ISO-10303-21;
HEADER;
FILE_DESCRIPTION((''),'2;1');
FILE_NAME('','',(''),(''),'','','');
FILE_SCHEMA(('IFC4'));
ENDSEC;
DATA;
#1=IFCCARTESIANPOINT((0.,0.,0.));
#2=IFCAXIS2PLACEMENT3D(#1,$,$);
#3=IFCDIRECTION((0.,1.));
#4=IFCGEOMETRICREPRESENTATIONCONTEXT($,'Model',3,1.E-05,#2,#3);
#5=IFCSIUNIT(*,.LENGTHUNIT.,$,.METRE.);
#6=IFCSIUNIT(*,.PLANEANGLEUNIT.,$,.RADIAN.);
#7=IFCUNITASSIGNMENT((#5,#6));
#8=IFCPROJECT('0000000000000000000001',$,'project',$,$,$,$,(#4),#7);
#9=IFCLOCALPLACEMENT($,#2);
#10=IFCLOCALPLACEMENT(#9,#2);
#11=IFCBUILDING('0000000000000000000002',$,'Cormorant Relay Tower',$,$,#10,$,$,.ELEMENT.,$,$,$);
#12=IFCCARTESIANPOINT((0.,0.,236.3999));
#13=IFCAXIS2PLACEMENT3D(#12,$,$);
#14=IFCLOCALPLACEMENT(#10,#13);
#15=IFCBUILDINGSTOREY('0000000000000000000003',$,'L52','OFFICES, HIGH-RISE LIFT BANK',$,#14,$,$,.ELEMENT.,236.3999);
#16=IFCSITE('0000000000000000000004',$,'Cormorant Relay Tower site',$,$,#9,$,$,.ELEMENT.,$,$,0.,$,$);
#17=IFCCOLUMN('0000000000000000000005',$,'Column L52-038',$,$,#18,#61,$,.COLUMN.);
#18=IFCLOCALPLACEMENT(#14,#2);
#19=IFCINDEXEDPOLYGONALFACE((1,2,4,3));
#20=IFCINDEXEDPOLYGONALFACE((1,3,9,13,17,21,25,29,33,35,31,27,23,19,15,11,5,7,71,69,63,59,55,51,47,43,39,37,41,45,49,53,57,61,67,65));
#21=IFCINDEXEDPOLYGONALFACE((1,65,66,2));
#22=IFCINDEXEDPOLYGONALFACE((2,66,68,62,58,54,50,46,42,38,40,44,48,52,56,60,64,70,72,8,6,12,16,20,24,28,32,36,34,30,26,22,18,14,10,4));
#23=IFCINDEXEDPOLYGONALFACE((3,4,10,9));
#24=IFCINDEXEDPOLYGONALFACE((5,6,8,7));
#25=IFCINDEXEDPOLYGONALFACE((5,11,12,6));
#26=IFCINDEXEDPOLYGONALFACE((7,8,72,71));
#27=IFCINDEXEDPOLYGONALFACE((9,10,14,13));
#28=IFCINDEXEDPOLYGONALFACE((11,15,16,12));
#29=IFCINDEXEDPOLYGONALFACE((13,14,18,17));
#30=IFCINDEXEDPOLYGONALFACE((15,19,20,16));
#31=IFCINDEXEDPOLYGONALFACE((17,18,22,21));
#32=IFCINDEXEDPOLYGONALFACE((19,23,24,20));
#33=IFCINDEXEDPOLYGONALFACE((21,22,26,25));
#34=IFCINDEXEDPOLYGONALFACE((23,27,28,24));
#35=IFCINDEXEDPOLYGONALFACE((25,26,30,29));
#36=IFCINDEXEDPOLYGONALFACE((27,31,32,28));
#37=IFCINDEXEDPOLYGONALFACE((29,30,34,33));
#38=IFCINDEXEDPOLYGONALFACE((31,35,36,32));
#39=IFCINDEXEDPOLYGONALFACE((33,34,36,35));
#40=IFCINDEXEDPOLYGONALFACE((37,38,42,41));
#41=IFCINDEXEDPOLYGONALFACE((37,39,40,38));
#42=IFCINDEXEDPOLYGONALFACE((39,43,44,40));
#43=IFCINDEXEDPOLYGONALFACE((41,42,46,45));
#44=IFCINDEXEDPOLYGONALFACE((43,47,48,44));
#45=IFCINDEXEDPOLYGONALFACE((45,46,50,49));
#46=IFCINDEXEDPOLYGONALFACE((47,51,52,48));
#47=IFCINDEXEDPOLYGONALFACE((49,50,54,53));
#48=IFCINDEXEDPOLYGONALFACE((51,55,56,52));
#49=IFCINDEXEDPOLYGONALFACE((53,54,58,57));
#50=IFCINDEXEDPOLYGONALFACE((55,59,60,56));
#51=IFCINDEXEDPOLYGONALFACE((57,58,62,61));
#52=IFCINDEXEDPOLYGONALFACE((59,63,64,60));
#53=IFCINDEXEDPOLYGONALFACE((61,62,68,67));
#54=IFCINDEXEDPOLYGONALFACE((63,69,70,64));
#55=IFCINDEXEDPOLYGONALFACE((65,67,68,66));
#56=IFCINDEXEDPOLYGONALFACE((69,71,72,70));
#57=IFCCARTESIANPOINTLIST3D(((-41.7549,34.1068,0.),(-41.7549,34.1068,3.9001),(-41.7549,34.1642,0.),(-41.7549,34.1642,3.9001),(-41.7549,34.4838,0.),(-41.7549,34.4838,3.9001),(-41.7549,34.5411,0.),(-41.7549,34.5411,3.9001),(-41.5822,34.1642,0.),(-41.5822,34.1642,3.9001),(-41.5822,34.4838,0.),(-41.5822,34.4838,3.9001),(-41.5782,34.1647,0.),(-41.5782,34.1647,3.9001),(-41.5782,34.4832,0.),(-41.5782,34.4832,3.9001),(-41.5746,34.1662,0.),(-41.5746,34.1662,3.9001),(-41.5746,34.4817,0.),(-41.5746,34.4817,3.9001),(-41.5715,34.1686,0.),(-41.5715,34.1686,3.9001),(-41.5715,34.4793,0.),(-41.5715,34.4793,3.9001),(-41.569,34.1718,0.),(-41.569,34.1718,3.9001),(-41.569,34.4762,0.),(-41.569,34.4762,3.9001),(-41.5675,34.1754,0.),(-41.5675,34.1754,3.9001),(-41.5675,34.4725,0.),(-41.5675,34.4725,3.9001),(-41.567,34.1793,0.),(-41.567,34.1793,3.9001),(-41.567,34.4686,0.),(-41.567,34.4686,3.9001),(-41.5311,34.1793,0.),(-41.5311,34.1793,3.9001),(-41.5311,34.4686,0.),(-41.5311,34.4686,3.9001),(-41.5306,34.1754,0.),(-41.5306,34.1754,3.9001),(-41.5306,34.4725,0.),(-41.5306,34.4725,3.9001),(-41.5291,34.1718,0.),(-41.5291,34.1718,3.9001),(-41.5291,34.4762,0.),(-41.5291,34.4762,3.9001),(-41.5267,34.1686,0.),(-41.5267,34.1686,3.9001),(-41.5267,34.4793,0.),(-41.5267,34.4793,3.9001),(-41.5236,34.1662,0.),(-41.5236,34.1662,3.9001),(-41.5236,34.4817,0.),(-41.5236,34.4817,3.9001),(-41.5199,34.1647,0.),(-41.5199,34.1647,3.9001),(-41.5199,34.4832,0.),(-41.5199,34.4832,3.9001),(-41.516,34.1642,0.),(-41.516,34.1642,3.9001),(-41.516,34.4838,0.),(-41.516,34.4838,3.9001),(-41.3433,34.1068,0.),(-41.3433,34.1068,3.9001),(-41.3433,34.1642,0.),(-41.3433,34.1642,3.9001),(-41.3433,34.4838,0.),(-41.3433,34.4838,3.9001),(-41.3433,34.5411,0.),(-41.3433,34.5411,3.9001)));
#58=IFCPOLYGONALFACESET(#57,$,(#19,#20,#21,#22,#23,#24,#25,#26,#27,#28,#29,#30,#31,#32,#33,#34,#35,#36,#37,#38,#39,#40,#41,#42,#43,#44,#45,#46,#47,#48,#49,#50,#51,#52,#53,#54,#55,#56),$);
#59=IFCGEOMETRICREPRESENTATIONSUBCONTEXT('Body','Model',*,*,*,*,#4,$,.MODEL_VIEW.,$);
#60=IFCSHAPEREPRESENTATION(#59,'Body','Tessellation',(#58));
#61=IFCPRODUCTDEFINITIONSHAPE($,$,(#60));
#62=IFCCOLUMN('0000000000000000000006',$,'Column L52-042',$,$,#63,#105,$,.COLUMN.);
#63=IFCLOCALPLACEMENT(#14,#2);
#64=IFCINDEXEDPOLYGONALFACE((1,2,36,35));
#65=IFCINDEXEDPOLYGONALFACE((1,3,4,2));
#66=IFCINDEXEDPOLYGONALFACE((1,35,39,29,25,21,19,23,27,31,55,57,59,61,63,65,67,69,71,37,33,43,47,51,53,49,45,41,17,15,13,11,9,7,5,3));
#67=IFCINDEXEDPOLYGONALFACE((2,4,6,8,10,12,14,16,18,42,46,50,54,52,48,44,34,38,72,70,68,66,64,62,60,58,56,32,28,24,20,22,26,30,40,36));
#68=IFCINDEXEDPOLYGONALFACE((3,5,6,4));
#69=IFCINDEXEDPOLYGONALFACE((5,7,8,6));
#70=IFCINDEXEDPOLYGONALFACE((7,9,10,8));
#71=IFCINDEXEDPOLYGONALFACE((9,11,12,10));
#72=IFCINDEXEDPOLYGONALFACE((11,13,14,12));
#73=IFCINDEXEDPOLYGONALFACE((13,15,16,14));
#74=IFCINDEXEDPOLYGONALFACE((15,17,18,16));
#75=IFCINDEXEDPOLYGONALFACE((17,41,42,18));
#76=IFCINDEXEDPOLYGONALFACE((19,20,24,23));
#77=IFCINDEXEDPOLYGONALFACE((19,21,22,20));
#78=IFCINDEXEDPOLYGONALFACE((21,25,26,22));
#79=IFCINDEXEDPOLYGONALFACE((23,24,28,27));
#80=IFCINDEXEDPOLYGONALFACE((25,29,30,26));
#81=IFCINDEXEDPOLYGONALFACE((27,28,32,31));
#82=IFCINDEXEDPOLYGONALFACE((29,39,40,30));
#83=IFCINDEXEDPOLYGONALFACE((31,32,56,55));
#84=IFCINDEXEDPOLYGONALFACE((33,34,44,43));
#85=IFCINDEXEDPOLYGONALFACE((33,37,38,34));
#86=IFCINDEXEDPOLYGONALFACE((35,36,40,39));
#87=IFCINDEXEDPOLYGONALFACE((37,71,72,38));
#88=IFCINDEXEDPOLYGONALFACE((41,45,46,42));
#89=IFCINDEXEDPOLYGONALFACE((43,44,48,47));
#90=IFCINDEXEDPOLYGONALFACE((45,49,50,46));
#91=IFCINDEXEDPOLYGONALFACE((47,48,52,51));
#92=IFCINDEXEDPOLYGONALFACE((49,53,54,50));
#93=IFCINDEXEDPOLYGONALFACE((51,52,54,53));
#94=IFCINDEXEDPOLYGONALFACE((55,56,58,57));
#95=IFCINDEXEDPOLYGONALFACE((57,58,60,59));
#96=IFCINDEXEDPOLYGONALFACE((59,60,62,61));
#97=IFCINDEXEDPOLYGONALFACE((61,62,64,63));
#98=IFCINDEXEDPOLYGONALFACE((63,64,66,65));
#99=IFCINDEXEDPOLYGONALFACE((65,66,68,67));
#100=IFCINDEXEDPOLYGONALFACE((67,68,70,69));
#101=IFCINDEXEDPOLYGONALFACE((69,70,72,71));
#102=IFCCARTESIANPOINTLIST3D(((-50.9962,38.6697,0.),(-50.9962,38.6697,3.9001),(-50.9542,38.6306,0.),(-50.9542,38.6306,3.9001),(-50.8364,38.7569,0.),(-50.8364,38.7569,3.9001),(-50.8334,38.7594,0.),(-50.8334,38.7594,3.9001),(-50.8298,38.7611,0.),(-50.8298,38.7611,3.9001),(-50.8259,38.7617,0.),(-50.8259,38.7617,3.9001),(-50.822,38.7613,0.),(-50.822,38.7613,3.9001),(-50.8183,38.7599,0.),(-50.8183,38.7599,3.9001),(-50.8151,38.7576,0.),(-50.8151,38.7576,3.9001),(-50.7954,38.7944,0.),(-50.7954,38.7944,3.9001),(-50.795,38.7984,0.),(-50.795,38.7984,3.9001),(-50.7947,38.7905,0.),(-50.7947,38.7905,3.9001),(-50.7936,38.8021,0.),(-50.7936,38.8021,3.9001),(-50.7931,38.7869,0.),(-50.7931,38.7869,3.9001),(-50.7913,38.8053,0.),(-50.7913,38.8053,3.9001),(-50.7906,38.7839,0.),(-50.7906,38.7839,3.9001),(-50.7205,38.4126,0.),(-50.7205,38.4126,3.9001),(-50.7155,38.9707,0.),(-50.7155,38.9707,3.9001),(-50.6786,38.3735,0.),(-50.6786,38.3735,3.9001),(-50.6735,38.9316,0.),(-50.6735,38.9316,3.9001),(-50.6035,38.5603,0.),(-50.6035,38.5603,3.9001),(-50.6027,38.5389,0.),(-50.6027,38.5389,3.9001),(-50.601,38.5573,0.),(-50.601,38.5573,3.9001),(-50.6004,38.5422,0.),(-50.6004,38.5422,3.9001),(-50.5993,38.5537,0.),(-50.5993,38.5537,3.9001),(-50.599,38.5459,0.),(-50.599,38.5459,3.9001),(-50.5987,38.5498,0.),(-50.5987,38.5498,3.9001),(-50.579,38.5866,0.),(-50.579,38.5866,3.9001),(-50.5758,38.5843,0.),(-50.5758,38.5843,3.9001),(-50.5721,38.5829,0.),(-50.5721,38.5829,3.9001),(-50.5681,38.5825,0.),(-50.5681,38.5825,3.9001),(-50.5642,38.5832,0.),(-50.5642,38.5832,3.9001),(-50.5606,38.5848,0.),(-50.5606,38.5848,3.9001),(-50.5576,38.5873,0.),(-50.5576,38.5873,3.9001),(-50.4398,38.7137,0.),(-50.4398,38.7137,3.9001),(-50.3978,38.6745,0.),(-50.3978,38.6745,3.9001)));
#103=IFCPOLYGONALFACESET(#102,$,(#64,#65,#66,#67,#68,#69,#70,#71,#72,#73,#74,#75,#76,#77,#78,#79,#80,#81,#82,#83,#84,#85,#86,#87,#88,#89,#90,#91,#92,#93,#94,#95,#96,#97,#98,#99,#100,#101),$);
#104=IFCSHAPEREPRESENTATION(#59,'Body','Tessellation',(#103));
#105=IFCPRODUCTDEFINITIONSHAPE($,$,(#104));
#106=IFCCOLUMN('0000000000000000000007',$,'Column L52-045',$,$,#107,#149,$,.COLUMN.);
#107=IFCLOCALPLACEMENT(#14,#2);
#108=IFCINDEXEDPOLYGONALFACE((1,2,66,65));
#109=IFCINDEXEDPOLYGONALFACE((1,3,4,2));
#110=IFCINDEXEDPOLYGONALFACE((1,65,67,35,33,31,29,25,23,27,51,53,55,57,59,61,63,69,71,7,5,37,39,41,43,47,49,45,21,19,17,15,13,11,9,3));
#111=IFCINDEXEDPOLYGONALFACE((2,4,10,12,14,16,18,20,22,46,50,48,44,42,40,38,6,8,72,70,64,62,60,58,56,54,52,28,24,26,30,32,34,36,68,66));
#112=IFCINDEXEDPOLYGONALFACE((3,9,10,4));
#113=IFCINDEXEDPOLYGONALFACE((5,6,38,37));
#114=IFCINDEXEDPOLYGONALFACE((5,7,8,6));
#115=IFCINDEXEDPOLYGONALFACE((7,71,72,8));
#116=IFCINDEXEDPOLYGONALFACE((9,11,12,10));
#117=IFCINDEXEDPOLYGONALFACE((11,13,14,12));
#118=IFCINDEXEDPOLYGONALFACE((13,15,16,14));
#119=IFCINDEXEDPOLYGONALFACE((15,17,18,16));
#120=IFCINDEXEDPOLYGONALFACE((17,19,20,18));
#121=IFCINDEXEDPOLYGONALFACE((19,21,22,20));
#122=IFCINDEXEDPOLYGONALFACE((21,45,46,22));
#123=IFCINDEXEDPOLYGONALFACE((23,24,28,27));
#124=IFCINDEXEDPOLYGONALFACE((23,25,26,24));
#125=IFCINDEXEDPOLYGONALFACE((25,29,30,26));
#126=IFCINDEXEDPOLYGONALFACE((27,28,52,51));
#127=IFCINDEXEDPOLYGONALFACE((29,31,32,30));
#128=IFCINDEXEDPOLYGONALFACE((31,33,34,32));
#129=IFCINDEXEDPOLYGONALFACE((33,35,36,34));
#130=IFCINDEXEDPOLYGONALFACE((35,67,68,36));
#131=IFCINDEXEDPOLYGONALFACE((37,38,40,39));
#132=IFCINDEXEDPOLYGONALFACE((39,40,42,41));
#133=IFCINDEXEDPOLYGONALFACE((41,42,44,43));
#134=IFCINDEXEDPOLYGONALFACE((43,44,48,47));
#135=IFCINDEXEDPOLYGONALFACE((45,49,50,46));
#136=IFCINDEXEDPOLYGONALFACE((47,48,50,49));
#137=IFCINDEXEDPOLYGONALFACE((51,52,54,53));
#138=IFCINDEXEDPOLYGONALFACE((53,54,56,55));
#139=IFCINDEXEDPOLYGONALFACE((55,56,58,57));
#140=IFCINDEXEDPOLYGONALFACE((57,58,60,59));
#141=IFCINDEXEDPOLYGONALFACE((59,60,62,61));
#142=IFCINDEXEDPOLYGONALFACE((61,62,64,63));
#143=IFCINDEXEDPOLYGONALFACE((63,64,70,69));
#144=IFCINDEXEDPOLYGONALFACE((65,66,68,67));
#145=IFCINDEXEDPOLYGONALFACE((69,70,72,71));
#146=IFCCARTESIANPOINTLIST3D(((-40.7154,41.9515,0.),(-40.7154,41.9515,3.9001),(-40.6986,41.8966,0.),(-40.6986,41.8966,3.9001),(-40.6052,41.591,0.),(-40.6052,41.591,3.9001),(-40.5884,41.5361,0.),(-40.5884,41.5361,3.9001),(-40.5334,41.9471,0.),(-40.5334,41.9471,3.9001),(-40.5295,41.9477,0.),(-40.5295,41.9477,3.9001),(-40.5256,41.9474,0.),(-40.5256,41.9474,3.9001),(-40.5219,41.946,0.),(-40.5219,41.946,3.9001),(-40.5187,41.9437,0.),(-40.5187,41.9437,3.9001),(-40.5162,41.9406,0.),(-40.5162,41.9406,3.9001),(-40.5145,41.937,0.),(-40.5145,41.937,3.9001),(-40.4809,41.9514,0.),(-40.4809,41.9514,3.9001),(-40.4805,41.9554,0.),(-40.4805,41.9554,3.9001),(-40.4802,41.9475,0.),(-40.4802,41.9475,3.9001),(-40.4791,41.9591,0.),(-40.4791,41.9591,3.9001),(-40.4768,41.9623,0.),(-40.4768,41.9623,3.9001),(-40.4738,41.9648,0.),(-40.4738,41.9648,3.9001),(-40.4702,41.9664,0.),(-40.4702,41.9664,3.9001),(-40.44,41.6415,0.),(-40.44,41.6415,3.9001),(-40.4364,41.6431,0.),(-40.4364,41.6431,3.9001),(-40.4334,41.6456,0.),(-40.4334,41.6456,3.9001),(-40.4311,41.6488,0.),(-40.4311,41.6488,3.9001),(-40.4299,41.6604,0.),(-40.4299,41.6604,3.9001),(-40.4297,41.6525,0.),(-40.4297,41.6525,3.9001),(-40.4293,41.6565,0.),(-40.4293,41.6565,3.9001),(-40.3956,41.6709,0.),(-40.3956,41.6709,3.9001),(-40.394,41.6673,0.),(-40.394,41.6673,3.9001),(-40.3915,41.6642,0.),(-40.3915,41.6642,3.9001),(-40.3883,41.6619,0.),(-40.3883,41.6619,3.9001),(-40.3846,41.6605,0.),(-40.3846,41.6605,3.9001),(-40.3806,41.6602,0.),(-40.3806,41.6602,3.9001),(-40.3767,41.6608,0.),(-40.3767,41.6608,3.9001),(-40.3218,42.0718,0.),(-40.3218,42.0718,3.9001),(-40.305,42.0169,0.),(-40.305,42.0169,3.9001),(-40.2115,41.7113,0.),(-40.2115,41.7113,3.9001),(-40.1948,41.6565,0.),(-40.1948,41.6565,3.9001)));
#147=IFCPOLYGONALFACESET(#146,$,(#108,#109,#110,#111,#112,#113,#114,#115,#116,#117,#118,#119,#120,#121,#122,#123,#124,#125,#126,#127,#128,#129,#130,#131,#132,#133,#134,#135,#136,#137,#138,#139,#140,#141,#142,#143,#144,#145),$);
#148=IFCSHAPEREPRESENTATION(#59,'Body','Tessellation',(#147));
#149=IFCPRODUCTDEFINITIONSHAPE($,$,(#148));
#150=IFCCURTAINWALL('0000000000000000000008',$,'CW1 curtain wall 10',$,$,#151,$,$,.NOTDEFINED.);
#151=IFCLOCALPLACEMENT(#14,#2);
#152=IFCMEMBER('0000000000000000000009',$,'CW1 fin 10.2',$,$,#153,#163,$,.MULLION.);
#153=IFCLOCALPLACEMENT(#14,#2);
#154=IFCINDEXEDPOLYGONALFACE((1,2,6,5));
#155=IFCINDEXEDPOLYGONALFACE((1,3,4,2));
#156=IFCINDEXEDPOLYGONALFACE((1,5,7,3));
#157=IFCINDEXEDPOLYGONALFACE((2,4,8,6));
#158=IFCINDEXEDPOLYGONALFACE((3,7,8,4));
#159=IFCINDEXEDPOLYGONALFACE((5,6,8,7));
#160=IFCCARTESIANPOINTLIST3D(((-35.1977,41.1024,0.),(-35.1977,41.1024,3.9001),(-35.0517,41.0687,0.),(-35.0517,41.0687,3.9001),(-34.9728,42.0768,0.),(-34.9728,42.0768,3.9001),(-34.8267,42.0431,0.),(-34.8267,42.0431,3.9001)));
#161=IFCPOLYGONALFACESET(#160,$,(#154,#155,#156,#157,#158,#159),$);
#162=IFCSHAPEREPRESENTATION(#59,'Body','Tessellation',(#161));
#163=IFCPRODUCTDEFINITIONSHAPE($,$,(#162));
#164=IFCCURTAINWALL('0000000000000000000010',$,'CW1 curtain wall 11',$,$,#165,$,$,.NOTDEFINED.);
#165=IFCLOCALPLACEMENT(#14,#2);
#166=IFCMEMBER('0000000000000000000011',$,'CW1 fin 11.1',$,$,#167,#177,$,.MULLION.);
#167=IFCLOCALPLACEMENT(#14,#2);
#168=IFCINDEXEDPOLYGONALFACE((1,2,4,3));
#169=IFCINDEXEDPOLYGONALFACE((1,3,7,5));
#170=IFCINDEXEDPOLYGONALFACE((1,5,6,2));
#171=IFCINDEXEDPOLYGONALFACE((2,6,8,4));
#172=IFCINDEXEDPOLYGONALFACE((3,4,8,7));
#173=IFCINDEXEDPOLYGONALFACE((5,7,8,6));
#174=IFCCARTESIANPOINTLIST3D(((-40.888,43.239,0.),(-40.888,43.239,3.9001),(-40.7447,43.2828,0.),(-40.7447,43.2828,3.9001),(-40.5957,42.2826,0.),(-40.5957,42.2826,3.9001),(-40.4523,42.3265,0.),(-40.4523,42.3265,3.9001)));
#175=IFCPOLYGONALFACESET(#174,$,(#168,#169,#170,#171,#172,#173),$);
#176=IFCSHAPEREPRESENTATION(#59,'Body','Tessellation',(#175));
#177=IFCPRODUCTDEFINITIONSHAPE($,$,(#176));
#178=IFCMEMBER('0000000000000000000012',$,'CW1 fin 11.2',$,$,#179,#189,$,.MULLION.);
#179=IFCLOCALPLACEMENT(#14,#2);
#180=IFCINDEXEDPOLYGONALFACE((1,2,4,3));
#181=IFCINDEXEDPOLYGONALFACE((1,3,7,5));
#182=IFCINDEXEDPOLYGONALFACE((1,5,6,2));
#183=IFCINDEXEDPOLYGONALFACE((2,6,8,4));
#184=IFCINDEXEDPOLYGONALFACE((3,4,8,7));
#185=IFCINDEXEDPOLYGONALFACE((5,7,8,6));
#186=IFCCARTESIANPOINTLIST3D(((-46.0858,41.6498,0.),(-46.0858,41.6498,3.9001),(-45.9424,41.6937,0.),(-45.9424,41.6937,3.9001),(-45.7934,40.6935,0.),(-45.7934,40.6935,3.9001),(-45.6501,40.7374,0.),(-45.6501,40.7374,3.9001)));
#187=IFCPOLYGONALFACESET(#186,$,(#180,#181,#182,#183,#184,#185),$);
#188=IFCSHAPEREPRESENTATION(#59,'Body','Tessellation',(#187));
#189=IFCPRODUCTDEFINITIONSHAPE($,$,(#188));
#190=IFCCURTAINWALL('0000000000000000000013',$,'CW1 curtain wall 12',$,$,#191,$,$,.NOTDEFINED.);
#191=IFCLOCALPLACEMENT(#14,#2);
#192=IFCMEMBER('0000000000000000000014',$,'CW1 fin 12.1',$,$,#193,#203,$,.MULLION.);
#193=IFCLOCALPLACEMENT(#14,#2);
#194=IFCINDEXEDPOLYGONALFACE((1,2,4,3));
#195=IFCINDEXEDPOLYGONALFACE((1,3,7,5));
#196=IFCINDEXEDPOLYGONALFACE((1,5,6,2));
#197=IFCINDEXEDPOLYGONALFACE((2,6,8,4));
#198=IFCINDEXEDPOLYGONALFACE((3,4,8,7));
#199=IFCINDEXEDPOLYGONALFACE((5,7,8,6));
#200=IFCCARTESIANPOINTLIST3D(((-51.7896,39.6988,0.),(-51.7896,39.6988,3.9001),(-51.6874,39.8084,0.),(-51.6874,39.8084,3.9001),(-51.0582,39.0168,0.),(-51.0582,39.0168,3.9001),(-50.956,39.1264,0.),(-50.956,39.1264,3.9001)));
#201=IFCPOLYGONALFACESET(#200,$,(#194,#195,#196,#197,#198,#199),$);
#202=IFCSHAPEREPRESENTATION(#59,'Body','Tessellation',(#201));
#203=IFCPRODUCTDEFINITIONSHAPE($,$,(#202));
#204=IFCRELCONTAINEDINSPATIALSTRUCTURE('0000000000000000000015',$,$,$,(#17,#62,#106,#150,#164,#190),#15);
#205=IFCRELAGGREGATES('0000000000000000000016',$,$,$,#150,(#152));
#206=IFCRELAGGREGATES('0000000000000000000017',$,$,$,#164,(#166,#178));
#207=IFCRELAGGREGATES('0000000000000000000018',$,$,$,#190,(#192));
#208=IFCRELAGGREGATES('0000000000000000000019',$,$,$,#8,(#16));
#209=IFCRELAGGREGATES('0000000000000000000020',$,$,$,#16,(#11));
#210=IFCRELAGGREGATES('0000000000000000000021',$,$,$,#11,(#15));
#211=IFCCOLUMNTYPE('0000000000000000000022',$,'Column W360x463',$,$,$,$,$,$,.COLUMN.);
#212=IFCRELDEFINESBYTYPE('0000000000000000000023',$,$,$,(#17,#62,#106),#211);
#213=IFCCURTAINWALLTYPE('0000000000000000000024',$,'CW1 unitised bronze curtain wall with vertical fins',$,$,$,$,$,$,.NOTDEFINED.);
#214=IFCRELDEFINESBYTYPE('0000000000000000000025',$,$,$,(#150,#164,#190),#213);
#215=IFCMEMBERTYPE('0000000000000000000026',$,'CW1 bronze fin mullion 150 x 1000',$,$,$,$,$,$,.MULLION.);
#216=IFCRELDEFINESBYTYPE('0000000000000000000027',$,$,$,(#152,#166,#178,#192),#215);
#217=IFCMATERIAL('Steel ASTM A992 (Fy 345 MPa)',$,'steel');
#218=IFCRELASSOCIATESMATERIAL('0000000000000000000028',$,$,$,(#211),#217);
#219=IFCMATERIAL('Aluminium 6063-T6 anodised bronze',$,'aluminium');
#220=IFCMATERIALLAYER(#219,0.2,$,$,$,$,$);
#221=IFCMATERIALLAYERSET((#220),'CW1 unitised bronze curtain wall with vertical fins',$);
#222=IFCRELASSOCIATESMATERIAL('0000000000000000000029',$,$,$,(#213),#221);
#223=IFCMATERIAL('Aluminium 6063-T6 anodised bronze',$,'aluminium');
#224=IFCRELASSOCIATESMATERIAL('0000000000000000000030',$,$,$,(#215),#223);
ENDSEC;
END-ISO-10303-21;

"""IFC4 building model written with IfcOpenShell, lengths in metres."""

from ifc_helpers import new_model, si_unit, direction, frame, origin, origin_2d, place, context, subcontext, project, spatial, rectangle, i_section, extrude, material, layer, layer_set, material_profile, profile_set, type_object, element, aggregate, save


model = new_model("IFC4")

# Units and contexts
model_context = context("Model", 3, precision=1e-05, world=origin(), true_north=direction((0.0, 1.0)))
body_context = subcontext(model_context, "Body", "Model", "MODEL_VIEW")
ifc_project = project(units=[si_unit("LENGTHUNIT", "METRE"), si_unit("PLANEANGLEUNIT", "RADIAN")], contexts=[model_context])

# Site, building, storey
site_placement = place(None, origin())
site = spatial("IfcSite", under=ifc_project, at=site_placement, Name="Cormorant Relay Tower site", CompositionType="ELEMENT", RefElevation=0.0)
building_placement = place(site_placement, origin())
building = spatial("IfcBuilding", under=site, at=building_placement, Name="Cormorant Relay Tower", CompositionType="ELEMENT")
storey_placement = place(building_placement, frame((0.0, 0.0, 236.3999)))
storey = spatial("IfcBuildingStorey", under=building, at=storey_placement, Name="L52", Description="OFFICES, HIGH-RISE LIFT BANK", CompositionType="ELEMENT", Elevation=236.3999)

# Columns
ifc_material_1 = material(Name="Steel ASTM A992 (Fy 345 MPa)", Category="steel")
ifc_material_profile_1 = material_profile(ifc_material_1, i_section(OverallWidth=0.4116, OverallDepth=0.4343, WebThickness=0.0359, FlangeThickness=0.0574, FilletRadius=0.0151, at=origin_2d()), Name="W360x463")
ifc_profile_set_1 = profile_set([ifc_material_profile_1], Name="Steel ASTM A992 (Fy 345 MPa)")
column_type = type_object("IfcColumnType", Name="Column W360x463", PredefinedType="COLUMN", material=ifc_profile_set_1)
for number, where, z_axis, x_axis, name in (
    (1, (-41.5491, 34.324, 0.0), (0.0, 0.0, 1.0), (1.0, 0.0, 0.0), "Column L52-038"),
    (2, (-50.697, 38.6721, 0.0), (0.0, 0.0, 1.0), (-0.681998, -0.731354, 0.0), "Column L52-042"),
    (3, (-40.4551, 41.804, 0.0), (0.0, 0.0, 1.0), (-0.956305, -0.292372, 0.0), "Column L52-045"),
):
    element("IfcColumn", number, at=place(storey_placement, frame(where, z_axis=z_axis, x_axis=x_axis)), inside=storey, type_object=column_type, Name=name, PredefinedType="COLUMN", context=body_context, shape_type="SweptSolid", body=[
        extrude(i_section(OverallWidth=0.4116, OverallDepth=0.4343, WebThickness=0.0359, FlangeThickness=0.0574, FilletRadius=0.0151, at=origin_2d()), origin(), (0.0, 0.0, 1.0), 3.9001),
    ])

# Curtain wall, member
ifc_material_2 = material(Name="Aluminium 6063-T6 anodised bronze", Category="aluminium")
ifc_layer_1 = layer(ifc_material_2, 0.2)
ifc_layer_set_1 = layer_set([ifc_layer_1], Name="CW1 unitised bronze curtain wall with vertical fins")
curtain_wall_type = type_object("IfcCurtainWallType", Name="CW1 unitised bronze curtain wall with vertical fins", PredefinedType="NOTDEFINED", material=ifc_layer_set_1)
curtain_wall_1_placement = place(storey_placement, origin())
curtain_wall_1 = element("IfcCurtainWall", 4, at=curtain_wall_1_placement, inside=storey, type_object=curtain_wall_type, Name="CW1 curtain wall 10", PredefinedType="NOTDEFINED")
ifc_material_3 = material(Name="Aluminium 6063-T6 anodised bronze", Category="aluminium")
ifc_material_profile_2 = material_profile(ifc_material_3, rectangle(XDim=0.1499, YDim=1.0, at=origin_2d()), Name="AL 150x1000")
ifc_profile_set_2 = profile_set([ifc_material_profile_2], Name="Aluminium 6063-T6 anodised bronze")
member_type_1 = type_object("IfcMemberType", Name="CW1 bronze fin mullion 150 x 1000", PredefinedType="MULLION", material=ifc_profile_set_2)
member_1_placement = place(storey_placement, frame((-35.0122, 41.5728, 0.0), z_axis=(0.0, 0.0, 1.0), x_axis=(-0.97437, 0.224951, 0.0)))
member_1 = element("IfcMember", 5, at=member_1_placement, type_object=member_type_1, Name="CW1 fin 10.2", PredefinedType="MULLION", context=body_context, shape_type="SweptSolid", body=[
    extrude(rectangle(XDim=0.1499, YDim=1.0, at=origin_2d()), origin(), (0.0, 0.0, 1.0), 3.9001),
])

# Curtain walls, members
curtain_wall_2_placement = place(storey_placement, origin())
curtain_wall_2 = element("IfcCurtainWall", 6, at=curtain_wall_2_placement, inside=storey, type_object=curtain_wall_type, Name="CW1 curtain wall 11", PredefinedType="NOTDEFINED")
member_2_placement = place(storey_placement, frame((-40.6702, 42.7827, 0.0), z_axis=(0.0, 0.0, 1.0), x_axis=(-0.956305, -0.292372, 0.0)))
member_2 = element("IfcMember", 7, at=member_2_placement, type_object=member_type_1, Name="CW1 fin 11.1", PredefinedType="MULLION", context=body_context, shape_type="SweptSolid", body=[
    extrude(rectangle(XDim=0.1499, YDim=1.0, at=origin_2d()), origin(), (0.0, 0.0, 1.0), 3.9001),
])
member_3_placement = place(storey_placement, frame((-45.8679, 41.1936, 0.0), z_axis=(0.0, 0.0, 1.0), x_axis=(-0.956305, -0.292372, 0.0)))
member_3 = element("IfcMember", 8, at=member_3_placement, type_object=member_type_1, Name="CW1 fin 11.2", PredefinedType="MULLION", context=body_context, shape_type="SweptSolid", body=[
    extrude(rectangle(XDim=0.1499, YDim=1.0, at=origin_2d()), origin(), (0.0, 0.0, 1.0), 3.9001),
])
curtain_wall_3_placement = place(storey_placement, origin())
curtain_wall_3 = element("IfcCurtainWall", 9, at=curtain_wall_3_placement, inside=storey, type_object=curtain_wall_type, Name="CW1 curtain wall 12", PredefinedType="NOTDEFINED")
member_4_placement = place(storey_placement, frame((-51.3728, 39.4126, 0.0), z_axis=(0.0, 0.0, 1.0), x_axis=(-0.681998, -0.731354, 0.0)))
member_4 = element("IfcMember", 10, at=member_4_placement, type_object=member_type_1, Name="CW1 fin 12.1", PredefinedType="MULLION", context=body_context, shape_type="SweptSolid", body=[
    extrude(rectangle(XDim=0.1499, YDim=1.0, at=origin_2d()), origin(), (0.0, 0.0, 1.0), 3.9001),
])

aggregate(curtain_wall_1, [member_1])
aggregate(curtain_wall_2, [member_2, member_3])
aggregate(curtain_wall_3, [member_4])

save(model, "model.ifc")
